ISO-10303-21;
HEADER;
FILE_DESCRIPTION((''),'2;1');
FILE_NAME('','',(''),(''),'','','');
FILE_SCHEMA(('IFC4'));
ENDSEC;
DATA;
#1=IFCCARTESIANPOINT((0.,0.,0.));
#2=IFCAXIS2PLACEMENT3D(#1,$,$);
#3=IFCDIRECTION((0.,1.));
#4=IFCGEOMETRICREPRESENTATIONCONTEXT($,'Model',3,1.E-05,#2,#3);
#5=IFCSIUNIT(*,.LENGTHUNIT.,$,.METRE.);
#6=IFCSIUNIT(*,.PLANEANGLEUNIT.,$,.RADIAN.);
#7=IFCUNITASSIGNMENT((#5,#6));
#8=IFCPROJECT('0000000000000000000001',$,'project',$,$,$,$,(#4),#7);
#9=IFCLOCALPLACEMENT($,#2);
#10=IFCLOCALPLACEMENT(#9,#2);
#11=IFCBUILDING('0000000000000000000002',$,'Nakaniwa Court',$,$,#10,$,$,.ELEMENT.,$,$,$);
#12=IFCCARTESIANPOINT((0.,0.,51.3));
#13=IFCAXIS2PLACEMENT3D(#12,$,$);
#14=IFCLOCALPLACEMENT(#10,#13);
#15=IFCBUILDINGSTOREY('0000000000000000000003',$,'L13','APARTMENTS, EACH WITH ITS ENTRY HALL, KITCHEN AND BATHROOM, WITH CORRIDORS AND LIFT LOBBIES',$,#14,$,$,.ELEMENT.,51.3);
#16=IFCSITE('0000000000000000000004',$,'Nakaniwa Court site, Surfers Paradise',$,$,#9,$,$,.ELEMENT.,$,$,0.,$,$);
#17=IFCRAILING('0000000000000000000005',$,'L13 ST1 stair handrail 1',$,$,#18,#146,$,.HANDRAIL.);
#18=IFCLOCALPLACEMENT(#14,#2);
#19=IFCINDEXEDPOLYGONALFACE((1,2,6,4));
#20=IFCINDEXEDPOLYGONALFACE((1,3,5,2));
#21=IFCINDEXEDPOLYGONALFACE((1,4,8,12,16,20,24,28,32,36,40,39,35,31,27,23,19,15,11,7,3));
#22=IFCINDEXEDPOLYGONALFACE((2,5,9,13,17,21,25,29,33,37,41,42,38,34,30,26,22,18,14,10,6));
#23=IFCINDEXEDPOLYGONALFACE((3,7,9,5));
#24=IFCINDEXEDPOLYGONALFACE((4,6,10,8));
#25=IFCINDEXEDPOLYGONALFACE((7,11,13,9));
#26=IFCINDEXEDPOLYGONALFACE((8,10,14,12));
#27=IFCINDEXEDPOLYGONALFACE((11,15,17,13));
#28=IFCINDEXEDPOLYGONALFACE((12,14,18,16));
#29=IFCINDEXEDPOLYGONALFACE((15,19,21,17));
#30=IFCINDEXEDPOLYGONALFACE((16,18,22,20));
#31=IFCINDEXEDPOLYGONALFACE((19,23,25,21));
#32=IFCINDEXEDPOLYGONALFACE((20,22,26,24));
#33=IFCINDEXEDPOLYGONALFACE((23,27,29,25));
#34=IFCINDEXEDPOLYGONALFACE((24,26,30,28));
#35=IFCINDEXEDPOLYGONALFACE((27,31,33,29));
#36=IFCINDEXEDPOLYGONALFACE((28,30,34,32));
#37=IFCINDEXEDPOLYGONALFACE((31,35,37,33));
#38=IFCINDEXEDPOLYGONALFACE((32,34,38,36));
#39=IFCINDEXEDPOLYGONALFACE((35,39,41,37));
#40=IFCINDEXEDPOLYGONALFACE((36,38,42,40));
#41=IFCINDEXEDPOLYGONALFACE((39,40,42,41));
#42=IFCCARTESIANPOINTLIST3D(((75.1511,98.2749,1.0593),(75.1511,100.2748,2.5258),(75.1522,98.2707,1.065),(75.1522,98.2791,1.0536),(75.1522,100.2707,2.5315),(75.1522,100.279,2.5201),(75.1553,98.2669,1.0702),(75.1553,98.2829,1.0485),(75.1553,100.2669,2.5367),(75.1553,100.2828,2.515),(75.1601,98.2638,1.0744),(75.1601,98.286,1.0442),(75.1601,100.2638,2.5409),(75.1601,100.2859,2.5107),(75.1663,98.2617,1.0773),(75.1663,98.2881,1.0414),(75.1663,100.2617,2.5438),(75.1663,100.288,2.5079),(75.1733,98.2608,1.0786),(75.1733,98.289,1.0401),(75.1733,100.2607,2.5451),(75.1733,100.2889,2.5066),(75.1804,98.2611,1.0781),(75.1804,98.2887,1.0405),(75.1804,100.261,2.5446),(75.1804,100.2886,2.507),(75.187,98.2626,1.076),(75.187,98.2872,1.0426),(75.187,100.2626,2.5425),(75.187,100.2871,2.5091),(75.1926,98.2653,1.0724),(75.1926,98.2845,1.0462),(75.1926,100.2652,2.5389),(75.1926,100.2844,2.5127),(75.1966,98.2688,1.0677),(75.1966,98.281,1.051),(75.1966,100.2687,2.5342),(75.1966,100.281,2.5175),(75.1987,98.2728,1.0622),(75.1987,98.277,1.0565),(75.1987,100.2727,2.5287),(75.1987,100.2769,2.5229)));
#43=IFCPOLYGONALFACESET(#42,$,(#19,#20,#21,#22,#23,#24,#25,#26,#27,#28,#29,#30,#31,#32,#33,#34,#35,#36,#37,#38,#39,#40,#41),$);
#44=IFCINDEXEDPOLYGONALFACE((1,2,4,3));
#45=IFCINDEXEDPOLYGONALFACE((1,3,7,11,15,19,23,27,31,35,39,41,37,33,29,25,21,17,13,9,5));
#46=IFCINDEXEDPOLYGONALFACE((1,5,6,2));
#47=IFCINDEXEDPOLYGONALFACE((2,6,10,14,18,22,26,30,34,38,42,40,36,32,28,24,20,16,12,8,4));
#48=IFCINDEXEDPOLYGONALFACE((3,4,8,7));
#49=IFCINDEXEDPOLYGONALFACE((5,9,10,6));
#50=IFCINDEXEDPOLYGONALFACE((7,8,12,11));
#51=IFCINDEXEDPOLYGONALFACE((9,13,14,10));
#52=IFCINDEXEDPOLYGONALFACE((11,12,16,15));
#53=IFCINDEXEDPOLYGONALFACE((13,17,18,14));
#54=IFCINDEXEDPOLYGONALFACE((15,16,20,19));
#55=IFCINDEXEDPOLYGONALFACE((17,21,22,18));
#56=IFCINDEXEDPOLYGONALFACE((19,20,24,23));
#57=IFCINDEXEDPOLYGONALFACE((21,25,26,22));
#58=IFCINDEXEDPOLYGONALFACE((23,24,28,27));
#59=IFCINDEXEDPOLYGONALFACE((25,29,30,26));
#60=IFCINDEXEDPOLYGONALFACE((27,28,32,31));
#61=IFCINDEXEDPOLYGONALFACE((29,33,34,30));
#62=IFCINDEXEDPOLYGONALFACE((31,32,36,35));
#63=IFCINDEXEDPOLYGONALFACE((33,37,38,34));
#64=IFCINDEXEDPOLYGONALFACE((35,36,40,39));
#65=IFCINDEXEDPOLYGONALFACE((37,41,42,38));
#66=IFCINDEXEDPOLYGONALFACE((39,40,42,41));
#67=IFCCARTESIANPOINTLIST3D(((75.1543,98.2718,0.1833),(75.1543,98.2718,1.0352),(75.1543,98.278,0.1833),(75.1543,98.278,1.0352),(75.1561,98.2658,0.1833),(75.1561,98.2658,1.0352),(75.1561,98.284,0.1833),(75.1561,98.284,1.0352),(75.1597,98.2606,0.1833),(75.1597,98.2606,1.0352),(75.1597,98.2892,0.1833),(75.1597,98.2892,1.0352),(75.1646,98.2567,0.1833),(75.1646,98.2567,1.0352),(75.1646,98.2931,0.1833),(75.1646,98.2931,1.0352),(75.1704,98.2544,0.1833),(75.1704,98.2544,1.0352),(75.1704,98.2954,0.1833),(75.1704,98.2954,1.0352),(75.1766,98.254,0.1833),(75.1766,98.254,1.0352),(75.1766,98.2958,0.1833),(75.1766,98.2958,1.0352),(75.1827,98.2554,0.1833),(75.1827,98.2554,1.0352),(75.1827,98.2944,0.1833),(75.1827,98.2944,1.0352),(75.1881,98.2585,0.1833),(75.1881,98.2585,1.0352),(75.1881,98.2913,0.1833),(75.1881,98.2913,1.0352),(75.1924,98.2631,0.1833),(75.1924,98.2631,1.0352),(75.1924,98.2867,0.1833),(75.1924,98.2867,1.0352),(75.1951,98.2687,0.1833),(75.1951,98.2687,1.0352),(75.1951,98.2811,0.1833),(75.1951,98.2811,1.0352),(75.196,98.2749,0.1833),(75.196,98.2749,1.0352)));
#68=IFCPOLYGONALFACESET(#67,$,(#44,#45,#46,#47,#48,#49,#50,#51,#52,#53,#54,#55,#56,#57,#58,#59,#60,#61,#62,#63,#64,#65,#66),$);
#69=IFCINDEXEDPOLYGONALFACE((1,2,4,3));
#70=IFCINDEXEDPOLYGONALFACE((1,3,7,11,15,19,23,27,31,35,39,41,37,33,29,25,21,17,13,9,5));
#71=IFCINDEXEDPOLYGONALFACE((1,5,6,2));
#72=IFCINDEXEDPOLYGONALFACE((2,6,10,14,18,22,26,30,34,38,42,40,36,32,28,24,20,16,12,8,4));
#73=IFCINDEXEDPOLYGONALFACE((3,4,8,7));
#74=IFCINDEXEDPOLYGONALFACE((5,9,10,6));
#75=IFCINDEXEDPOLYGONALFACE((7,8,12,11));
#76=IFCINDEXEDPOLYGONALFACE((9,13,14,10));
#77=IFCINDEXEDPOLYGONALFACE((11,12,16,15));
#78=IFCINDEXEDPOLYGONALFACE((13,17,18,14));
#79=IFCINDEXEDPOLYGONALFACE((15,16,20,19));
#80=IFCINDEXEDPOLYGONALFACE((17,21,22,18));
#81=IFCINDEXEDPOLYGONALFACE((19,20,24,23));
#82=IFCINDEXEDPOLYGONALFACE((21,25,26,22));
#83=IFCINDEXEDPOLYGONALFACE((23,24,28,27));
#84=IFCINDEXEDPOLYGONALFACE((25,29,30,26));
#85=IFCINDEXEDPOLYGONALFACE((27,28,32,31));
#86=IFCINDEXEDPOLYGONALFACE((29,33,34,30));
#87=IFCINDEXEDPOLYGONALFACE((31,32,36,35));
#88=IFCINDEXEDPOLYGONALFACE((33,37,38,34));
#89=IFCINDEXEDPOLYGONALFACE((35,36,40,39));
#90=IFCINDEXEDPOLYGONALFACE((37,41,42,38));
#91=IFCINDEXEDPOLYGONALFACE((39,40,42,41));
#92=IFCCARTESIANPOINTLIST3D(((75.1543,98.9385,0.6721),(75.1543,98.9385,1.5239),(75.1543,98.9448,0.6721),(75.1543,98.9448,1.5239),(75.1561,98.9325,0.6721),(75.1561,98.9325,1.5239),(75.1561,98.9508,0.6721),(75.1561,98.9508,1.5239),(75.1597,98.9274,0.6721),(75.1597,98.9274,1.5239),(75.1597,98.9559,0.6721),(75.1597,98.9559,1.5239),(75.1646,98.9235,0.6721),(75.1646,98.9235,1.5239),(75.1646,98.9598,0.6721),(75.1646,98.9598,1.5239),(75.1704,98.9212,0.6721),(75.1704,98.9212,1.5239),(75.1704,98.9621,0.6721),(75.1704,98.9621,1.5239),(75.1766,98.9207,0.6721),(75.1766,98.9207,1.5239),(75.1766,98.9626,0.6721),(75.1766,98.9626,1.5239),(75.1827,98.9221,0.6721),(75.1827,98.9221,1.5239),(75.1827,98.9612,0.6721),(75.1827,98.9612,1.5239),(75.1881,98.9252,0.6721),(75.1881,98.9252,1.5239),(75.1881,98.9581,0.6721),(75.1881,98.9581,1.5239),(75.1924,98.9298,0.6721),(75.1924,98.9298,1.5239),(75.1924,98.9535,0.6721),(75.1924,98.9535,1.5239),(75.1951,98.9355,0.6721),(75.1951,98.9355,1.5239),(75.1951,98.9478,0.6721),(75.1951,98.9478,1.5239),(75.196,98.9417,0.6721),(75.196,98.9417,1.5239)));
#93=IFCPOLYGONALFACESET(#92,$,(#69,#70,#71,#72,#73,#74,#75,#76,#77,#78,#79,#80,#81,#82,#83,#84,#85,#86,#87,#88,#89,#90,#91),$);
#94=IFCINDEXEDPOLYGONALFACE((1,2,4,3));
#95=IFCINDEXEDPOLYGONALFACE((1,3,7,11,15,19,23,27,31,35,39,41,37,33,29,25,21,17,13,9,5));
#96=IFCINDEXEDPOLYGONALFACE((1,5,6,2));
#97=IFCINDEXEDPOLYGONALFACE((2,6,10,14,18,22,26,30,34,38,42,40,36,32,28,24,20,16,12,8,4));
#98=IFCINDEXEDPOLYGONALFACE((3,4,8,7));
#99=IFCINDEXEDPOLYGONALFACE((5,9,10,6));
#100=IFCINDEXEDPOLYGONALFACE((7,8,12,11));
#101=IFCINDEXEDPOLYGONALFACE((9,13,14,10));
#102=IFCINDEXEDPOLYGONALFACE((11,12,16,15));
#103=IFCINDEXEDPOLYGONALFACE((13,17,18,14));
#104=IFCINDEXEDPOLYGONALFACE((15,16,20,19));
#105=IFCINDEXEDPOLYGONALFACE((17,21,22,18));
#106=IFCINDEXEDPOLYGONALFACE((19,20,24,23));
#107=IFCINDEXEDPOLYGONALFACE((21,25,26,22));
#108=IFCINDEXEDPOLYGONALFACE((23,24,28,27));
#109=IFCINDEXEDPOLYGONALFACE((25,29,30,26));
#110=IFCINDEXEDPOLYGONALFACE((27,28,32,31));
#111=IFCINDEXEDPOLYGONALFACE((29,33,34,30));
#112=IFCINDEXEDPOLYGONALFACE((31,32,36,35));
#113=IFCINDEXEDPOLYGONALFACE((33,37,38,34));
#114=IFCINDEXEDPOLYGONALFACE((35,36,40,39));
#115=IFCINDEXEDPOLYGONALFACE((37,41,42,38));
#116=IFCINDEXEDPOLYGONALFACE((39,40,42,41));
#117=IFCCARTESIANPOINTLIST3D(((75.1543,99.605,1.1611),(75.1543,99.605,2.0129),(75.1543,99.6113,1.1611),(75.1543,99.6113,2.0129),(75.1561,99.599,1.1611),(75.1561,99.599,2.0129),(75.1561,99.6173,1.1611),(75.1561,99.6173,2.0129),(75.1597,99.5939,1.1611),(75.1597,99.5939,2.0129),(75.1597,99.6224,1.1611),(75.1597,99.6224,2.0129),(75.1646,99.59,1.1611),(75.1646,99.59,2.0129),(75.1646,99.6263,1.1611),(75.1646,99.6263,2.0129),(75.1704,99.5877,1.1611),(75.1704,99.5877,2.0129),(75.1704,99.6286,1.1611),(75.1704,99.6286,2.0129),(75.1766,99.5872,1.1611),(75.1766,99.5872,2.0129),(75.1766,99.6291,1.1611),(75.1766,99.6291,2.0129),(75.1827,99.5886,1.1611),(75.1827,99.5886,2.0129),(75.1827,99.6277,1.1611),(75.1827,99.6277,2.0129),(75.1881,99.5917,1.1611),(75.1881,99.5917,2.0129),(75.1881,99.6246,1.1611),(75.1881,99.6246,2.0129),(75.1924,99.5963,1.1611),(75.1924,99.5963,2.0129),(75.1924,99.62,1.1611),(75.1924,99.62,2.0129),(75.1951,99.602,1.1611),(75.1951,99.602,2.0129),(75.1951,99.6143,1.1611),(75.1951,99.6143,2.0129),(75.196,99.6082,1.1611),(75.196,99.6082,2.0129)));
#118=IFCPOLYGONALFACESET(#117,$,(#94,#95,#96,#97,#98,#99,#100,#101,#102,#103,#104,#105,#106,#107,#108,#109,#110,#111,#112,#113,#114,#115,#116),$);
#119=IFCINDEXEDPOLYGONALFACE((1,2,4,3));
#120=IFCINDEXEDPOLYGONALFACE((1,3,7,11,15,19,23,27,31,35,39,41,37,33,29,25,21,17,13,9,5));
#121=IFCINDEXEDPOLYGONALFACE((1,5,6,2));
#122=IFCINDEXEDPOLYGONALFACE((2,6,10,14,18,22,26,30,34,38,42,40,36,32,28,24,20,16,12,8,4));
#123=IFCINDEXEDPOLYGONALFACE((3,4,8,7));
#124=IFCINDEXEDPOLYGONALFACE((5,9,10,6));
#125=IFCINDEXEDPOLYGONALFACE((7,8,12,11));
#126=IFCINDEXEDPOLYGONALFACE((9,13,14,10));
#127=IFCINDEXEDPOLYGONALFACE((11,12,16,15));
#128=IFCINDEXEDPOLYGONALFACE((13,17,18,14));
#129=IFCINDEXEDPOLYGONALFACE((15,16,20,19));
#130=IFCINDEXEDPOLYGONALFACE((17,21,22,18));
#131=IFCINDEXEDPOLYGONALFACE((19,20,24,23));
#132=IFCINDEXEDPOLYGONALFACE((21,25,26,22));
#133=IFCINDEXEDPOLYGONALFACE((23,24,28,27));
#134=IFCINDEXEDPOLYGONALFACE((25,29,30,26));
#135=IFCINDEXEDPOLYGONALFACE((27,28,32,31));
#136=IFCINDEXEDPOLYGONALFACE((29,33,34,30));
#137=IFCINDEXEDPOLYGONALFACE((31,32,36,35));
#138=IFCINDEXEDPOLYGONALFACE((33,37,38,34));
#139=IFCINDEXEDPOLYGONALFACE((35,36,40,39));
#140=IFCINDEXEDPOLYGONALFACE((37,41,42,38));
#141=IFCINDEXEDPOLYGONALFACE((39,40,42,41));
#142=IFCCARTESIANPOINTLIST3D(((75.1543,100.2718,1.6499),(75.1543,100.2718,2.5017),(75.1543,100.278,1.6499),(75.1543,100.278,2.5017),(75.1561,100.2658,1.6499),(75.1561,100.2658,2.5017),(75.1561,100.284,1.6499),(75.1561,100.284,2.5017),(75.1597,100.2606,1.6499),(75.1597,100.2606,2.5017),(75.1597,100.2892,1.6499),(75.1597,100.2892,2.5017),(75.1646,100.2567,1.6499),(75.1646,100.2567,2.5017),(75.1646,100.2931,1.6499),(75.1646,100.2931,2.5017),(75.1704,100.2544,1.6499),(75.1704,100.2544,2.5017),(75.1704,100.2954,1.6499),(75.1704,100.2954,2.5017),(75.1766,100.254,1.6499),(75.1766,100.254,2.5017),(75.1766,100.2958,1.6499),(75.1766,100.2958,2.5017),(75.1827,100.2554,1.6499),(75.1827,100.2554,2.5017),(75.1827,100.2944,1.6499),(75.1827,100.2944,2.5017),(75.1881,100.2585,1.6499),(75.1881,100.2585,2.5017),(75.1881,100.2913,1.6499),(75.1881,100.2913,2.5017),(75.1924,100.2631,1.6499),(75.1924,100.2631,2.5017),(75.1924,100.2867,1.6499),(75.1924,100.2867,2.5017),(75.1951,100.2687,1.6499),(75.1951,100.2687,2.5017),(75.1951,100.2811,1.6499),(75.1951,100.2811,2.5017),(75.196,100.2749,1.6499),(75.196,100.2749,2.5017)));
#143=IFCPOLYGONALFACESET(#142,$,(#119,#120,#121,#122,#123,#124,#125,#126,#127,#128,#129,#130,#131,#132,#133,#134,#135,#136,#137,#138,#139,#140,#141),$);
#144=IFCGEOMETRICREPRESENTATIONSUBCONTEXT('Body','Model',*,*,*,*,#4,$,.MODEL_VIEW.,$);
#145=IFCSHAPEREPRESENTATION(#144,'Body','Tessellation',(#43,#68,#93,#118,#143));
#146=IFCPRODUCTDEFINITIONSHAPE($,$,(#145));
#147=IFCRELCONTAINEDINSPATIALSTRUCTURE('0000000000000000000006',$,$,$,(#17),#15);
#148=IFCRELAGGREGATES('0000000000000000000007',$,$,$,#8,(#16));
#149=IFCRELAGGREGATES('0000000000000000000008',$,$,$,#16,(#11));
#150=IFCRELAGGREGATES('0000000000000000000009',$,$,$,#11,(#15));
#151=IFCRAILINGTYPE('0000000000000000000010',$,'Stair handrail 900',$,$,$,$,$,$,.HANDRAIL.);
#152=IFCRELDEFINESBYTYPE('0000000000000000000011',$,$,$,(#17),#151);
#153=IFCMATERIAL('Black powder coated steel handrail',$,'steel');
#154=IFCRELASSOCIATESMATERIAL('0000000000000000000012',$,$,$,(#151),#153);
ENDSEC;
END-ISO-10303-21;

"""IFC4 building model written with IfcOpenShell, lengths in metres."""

from ifc_helpers import new_model, si_unit, direction, frame, origin, origin_2d, place, context, subcontext, project, spatial, circle, extrude, material, type_object, element, save


model = new_model("IFC4")

# Units and contexts
model_context = context("Model", 3, precision=1e-05, world=origin(), true_north=direction((0.0, 1.0)))
body_context = subcontext(model_context, "Body", "Model", "MODEL_VIEW")
ifc_project = project(units=[si_unit("LENGTHUNIT", "METRE"), si_unit("PLANEANGLEUNIT", "RADIAN")], contexts=[model_context])

# Site, building, storey
site_placement = place(None, origin())
site = spatial("IfcSite", under=ifc_project, at=site_placement, Name="Nakaniwa Court site, Surfers Paradise", CompositionType="ELEMENT", RefElevation=0.0)
building_placement = place(site_placement, origin())
building = spatial("IfcBuilding", under=site, at=building_placement, Name="Nakaniwa Court", CompositionType="ELEMENT")
storey_placement = place(building_placement, frame((0.0, 0.0, 51.3)))
storey = spatial("IfcBuildingStorey", under=building, at=storey_placement, Name="L13", Description="APARTMENTS, EACH WITH ITS ENTRY HALL, KITCHEN AND BATHROOM, WITH CORRIDORS AND LIFT LOBBIES", CompositionType="ELEMENT", Elevation=51.3)

# Railing
ifc_material_1 = material(Name="Black powder coated steel handrail", Category="steel")
railing_type_1 = type_object("IfcRailingType", Name="Stair handrail 900", PredefinedType="HANDRAIL", material=ifc_material_1)
railing_1_placement = place(storey_placement, frame((75.175, 98.2749, 0.1833)))
element("IfcRailing", 1, at=railing_1_placement, inside=storey, type_object=railing_type_1, Name="L13 ST1 stair handrail 1", PredefinedType="HANDRAIL", context=body_context, shape_type="SweptSolid", body=[
    extrude(circle(Radius=0.0239, at=origin_2d()), frame((0.0, 0.0, 0.876), z_axis=(0.0, 0.806427, 0.591334), x_axis=(-1.0, 0.0, 0.0)), (0.0, 0.0, 1.0), 2.48),
    extrude(circle(Radius=0.021, at=origin_2d()), origin(), (0.0, 0.0, 1.0), 0.8518),
    extrude(circle(Radius=0.021, at=origin_2d()), frame((0.0, 0.6667, 0.4888)), (0.0, 0.0, 1.0), 0.8518),
    extrude(circle(Radius=0.021, at=origin_2d()), frame((0.0, 1.3333, 0.9778)), (0.0, 0.0, 1.0), 0.8518),
    extrude(circle(Radius=0.021, at=origin_2d()), frame((0.0, 2.0, 1.4666)), (0.0, 0.0, 1.0), 0.8518),
])

save(model, "model.ifc")
